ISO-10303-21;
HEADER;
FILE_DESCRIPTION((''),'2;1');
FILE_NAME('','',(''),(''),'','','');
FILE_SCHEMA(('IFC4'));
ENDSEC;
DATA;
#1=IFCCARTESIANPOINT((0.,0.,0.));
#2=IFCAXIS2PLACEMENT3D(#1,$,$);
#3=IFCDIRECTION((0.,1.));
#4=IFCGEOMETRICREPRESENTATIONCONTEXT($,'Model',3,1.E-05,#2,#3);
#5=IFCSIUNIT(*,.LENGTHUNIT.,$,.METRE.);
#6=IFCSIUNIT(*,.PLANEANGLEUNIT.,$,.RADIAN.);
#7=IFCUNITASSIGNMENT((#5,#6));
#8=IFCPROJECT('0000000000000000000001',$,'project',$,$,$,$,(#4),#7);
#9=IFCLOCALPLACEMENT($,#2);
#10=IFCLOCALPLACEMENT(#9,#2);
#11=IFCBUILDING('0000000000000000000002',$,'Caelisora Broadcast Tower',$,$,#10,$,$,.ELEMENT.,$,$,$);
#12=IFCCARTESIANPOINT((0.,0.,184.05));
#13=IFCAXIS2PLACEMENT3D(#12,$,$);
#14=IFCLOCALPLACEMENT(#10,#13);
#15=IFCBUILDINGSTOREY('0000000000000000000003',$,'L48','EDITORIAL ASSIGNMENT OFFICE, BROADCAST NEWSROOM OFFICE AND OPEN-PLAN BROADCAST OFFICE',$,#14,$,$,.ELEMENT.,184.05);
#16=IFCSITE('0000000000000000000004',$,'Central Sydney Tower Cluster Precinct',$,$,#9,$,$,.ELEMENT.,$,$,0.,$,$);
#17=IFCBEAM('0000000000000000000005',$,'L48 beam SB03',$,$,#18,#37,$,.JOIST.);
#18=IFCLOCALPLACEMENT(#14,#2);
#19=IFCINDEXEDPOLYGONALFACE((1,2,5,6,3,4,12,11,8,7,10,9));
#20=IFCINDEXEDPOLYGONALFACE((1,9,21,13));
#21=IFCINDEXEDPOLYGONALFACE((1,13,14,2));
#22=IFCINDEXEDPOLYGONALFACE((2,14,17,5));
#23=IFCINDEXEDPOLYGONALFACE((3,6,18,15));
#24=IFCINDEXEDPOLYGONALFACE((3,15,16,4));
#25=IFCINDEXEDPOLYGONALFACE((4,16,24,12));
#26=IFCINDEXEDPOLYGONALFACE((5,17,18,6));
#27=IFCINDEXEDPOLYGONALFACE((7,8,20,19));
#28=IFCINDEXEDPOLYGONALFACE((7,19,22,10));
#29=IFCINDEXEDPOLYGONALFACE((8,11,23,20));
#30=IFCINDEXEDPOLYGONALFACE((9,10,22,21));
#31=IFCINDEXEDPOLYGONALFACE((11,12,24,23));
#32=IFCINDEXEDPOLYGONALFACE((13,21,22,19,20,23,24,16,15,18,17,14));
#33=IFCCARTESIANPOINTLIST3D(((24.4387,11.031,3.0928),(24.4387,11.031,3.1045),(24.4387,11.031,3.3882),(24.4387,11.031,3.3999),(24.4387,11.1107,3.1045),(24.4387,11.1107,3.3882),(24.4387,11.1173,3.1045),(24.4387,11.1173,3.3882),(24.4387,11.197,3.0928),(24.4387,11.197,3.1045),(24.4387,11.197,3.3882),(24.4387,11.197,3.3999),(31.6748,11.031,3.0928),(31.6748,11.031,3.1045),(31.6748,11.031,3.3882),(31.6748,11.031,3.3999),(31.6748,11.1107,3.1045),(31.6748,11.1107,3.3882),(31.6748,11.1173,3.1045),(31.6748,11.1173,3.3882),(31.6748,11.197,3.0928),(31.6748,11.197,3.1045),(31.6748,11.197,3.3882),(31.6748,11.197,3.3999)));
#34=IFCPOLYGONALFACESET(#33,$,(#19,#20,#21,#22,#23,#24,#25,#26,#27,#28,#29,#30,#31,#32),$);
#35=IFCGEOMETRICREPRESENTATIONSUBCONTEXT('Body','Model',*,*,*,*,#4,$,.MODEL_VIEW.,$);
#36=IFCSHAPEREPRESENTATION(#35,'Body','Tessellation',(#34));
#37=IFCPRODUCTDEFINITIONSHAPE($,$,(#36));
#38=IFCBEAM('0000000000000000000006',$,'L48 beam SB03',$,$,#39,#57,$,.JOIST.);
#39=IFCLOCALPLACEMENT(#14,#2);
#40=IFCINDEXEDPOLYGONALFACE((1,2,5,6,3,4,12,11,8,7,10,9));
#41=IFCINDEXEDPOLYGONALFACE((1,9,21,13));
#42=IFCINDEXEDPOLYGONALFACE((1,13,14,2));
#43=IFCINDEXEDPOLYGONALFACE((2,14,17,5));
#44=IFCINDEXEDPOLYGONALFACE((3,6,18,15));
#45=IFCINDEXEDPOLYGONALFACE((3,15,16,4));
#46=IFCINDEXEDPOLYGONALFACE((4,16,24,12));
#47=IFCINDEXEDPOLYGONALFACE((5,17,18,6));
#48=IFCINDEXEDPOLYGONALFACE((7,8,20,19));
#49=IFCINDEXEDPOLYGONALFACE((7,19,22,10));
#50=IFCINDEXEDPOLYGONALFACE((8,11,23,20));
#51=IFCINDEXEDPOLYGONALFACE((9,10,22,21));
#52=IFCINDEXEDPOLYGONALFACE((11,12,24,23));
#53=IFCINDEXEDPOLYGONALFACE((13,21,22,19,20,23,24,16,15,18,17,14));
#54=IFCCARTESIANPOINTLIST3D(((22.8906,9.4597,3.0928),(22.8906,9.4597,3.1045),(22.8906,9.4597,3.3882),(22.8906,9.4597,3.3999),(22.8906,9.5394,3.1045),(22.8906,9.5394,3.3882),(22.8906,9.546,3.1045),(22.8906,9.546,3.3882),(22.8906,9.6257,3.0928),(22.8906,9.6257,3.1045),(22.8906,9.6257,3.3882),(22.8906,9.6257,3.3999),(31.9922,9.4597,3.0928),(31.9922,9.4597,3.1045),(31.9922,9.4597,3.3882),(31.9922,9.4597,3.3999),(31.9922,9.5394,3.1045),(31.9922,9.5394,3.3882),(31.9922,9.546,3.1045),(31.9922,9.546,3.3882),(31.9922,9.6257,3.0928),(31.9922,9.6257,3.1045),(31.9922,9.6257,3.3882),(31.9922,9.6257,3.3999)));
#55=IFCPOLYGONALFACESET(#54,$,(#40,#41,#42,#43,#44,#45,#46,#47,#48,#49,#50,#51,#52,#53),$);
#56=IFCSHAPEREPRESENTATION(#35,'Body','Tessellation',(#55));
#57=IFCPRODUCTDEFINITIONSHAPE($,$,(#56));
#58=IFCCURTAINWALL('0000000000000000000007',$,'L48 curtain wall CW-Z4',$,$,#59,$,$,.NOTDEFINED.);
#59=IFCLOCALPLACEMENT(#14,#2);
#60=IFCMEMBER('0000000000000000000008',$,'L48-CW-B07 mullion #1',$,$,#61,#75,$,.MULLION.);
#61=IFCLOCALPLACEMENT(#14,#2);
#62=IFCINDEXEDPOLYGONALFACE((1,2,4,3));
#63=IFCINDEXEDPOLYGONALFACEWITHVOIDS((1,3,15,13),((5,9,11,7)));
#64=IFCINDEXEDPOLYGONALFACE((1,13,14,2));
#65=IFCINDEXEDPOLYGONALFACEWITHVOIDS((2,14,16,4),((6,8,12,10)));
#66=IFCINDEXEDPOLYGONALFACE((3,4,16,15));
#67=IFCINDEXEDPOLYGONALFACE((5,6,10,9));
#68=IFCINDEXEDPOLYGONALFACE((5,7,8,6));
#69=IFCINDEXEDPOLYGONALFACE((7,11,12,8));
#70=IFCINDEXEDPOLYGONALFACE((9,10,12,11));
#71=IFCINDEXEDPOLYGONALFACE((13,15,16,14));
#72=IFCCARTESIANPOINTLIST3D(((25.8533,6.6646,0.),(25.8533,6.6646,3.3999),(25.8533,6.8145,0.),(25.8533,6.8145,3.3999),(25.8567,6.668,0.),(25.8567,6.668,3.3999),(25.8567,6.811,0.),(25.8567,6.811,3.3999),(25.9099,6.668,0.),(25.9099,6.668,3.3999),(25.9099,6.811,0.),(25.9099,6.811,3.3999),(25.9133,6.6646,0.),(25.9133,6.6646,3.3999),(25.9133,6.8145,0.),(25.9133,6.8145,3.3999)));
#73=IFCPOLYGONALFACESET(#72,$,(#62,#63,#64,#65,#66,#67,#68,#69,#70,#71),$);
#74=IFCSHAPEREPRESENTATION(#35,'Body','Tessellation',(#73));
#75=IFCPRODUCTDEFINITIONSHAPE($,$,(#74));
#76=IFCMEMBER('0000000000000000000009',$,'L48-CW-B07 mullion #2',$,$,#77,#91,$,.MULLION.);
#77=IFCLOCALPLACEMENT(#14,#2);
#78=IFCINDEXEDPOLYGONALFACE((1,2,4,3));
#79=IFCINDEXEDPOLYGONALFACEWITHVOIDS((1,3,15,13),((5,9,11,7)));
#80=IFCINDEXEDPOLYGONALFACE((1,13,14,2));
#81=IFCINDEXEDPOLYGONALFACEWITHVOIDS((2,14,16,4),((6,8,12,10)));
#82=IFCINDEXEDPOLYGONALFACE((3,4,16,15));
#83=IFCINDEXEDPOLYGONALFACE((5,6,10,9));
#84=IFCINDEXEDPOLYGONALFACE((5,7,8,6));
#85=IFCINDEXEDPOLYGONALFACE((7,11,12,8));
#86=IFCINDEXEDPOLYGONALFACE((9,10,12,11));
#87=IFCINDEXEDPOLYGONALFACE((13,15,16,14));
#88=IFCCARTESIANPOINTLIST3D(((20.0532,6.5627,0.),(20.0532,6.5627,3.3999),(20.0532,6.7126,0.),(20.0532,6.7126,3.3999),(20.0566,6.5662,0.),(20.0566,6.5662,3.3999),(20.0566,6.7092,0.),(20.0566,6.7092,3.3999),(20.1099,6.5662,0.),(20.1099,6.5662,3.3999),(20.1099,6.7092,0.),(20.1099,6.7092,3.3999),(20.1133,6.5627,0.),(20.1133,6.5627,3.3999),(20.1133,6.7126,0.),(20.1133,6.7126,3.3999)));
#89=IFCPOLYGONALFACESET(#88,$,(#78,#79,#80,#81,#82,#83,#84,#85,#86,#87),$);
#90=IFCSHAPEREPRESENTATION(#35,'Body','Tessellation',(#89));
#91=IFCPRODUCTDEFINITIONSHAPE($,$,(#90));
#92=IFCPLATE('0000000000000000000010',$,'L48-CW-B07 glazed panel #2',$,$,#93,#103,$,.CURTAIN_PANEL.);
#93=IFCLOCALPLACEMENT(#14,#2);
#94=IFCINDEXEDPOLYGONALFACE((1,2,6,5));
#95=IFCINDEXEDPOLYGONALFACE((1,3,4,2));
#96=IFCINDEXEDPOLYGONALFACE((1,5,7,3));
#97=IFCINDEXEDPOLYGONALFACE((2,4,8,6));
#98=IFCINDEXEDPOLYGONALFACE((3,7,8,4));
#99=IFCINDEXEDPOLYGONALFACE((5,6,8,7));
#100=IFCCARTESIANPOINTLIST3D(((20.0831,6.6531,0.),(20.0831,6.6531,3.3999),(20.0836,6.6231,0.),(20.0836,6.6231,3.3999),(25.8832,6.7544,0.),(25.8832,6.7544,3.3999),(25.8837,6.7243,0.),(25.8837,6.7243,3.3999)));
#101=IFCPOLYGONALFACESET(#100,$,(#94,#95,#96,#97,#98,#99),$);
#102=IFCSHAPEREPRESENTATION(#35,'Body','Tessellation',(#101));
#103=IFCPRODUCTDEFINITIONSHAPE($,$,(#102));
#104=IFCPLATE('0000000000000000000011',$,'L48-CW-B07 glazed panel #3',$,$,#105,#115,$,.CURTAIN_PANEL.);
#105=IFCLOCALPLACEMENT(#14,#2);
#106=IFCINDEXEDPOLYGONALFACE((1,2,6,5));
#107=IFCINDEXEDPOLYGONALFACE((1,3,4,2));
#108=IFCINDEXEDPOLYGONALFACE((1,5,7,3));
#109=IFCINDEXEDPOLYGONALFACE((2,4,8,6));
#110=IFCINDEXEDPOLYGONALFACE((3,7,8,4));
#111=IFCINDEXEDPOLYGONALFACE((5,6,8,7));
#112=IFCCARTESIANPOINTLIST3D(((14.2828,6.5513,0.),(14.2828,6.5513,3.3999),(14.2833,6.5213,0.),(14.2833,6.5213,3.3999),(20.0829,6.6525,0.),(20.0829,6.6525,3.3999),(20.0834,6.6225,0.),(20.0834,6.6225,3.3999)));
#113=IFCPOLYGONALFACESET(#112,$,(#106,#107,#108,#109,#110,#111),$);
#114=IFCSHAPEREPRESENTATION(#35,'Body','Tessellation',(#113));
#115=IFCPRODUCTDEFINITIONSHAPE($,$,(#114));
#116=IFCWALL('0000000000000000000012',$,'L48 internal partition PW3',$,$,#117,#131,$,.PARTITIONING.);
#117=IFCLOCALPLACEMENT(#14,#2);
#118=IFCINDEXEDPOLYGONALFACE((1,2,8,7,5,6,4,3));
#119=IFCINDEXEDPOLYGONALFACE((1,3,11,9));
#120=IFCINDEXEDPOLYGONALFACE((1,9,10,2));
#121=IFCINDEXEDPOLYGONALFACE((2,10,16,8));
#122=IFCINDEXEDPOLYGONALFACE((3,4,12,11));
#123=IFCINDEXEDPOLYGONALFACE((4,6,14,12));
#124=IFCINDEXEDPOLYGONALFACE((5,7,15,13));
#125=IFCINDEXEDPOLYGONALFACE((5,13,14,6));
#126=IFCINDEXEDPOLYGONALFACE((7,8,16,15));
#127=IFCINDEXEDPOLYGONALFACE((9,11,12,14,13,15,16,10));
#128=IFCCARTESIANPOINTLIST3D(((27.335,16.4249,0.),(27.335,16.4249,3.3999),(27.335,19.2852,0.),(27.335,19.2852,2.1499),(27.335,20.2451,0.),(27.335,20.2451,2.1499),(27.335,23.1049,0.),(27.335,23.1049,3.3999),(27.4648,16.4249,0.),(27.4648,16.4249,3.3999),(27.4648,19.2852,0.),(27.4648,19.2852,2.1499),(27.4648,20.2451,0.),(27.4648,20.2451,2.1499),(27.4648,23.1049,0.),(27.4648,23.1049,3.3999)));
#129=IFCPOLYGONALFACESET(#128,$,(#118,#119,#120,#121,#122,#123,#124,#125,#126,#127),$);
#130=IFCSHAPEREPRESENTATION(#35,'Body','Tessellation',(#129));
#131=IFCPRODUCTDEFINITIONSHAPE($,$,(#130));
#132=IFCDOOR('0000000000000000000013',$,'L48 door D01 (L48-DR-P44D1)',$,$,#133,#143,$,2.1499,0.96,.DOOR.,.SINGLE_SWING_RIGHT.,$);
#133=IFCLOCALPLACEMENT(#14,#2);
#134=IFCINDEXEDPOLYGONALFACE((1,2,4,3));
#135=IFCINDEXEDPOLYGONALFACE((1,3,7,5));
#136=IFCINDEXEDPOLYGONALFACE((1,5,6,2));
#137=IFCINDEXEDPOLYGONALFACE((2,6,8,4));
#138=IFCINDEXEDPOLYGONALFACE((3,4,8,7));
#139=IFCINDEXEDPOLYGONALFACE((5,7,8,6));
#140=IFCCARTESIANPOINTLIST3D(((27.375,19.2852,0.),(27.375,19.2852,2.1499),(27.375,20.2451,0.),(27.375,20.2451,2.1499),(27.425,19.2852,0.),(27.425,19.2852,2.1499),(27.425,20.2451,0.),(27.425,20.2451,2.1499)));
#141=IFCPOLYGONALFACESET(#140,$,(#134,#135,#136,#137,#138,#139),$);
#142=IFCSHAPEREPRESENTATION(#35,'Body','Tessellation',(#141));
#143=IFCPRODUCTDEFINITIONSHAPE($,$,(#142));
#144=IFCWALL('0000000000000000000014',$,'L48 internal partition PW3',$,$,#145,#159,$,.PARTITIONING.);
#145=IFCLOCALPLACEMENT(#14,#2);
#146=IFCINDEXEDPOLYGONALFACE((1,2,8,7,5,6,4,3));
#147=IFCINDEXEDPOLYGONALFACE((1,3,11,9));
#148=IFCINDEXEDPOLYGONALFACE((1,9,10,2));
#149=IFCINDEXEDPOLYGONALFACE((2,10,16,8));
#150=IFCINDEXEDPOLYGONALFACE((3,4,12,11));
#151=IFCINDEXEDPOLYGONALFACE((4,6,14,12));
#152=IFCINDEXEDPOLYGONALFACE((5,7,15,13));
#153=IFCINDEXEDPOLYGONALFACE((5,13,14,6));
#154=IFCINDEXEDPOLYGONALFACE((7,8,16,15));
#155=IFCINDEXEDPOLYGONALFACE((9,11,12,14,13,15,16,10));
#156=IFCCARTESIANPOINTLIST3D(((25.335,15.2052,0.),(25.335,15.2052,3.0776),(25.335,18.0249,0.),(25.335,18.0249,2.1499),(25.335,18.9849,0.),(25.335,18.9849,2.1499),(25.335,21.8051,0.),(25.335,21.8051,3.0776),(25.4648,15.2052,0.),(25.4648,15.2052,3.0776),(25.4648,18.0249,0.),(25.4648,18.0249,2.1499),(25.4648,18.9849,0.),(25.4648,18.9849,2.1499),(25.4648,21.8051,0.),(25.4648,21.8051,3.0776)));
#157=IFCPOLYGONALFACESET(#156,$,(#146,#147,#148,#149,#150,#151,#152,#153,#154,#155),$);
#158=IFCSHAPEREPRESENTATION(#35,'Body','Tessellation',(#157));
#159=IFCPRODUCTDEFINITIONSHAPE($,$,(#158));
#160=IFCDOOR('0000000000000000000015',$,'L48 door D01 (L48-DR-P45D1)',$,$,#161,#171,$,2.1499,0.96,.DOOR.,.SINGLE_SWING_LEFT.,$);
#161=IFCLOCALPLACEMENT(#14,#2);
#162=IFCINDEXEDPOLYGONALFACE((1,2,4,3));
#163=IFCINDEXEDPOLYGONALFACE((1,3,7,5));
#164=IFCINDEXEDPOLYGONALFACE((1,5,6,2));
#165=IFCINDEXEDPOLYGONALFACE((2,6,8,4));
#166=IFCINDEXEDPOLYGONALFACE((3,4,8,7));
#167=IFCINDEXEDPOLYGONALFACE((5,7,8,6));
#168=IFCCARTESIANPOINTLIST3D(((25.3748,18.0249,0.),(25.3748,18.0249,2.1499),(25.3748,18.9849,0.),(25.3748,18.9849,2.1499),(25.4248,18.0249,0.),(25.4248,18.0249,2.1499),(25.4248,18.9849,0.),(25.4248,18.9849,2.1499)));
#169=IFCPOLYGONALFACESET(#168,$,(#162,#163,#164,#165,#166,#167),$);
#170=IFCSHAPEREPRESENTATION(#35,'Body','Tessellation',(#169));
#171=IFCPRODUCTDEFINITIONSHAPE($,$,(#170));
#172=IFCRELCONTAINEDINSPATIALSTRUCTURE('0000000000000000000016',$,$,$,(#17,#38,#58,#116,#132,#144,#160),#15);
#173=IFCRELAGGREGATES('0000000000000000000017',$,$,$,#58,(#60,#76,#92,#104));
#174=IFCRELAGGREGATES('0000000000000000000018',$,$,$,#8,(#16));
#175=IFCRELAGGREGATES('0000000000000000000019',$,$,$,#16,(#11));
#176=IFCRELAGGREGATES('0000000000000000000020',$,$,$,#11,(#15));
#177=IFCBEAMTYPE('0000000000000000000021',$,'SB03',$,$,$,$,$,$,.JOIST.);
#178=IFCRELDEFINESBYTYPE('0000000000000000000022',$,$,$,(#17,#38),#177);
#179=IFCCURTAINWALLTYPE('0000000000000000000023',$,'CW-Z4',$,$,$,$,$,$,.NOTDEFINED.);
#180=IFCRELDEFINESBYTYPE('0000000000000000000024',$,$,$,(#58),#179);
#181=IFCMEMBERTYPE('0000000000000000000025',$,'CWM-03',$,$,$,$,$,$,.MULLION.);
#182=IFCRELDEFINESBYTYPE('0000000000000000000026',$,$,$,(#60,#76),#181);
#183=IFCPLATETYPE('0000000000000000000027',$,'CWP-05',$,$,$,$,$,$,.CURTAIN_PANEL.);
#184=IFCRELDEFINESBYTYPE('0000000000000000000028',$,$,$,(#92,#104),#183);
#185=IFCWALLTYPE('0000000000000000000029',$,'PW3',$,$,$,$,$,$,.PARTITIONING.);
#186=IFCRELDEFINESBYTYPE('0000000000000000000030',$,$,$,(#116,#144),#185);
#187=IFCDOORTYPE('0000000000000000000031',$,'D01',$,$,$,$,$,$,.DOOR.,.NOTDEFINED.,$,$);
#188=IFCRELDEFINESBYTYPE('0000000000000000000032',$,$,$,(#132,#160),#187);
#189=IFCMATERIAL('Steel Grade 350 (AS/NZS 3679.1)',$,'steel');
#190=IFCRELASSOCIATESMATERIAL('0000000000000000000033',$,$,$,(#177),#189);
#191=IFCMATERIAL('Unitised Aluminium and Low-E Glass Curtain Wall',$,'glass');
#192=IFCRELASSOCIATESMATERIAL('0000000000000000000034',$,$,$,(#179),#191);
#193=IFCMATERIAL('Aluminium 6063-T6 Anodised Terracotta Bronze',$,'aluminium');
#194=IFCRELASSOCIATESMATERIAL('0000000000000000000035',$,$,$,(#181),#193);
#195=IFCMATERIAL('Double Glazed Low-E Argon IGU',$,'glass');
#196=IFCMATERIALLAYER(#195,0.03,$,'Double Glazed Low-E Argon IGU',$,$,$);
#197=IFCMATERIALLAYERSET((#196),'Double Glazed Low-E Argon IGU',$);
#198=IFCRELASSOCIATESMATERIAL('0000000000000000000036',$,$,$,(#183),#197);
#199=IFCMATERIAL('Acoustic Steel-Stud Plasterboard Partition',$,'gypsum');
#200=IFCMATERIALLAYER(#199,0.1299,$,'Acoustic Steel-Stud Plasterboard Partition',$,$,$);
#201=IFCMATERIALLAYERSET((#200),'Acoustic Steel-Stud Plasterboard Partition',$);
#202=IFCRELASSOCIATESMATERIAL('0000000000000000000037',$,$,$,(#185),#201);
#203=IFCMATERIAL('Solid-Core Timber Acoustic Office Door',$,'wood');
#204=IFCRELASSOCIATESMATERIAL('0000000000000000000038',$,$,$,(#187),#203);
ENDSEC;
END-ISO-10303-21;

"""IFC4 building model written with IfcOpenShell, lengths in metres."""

from ifc_helpers import new_model, si_unit, direction, frame, frame_2d, origin, origin_2d, place, context, subcontext, project, spatial, rectangle, hollow_rectangle, i_section, extrude, source, transform, mapped, material, layer, layer_set, material_profile, profile_set, type_object, type_shapes, element, fill, aggregate, save


model = new_model("IFC4")

# Units and contexts
model_context = context("Model", 3, precision=1e-05, world=origin(), true_north=direction((0.0, 1.0)))
body_context = subcontext(model_context, "Body", "Model", "MODEL_VIEW")
ifc_project = project(units=[si_unit("LENGTHUNIT", "METRE"), si_unit("PLANEANGLEUNIT", "RADIAN")], contexts=[model_context])

# Site, building, storey
site_placement = place(None, origin())
site = spatial("IfcSite", under=ifc_project, at=site_placement, Name="Central Sydney Tower Cluster Precinct", CompositionType="ELEMENT", RefElevation=0.0)
building_placement = place(site_placement, origin())
building = spatial("IfcBuilding", under=site, at=building_placement, Name="Caelisora Broadcast Tower", CompositionType="ELEMENT")
storey_placement = place(building_placement, frame((0.0, 0.0, 184.05)))
storey = spatial("IfcBuildingStorey", under=building, at=storey_placement, Name="L48", Description="EDITORIAL ASSIGNMENT OFFICE, BROADCAST NEWSROOM OFFICE AND OPEN-PLAN BROADCAST OFFICE", CompositionType="ELEMENT", Elevation=184.05)

# Beams
ifc_material_1 = material(Name="Steel Grade 350 (AS/NZS 3679.1)", Category="steel")
ifc_material_profile_1 = material_profile(ifc_material_1, i_section(OverallWidth=0.166, OverallDepth=0.3071, WebThickness=0.0066, FlangeThickness=0.0117, at=origin_2d()), Name="Steel Grade 350 (AS/NZS 3679.1)")
ifc_profile_set_1 = profile_set([ifc_material_profile_1], Name="Steel Grade 350 (AS/NZS 3679.1)")
beam_type_1 = type_object("IfcBeamType", Name="SB03", PredefinedType="JOIST", material=ifc_profile_set_1)
shared_shape_1 = source(origin(), body_context, "Body", "SweptSolid", [
    extrude(i_section(OverallWidth=0.166, OverallDepth=0.3071, WebThickness=0.0066, FlangeThickness=0.0117, at=origin_2d()), origin(), (0.0, 0.0, 1.0), 7.2361),
])
beam_1_placement = place(storey_placement, frame((24.4387, 11.114, 3.2463), z_axis=(1.0, 0.0, 0.0), x_axis=(0.0, 1.0, 0.0)))
element("IfcBeam", 1, at=beam_1_placement, inside=storey, type_object=beam_type_1, Name="L48 beam SB03", PredefinedType="JOIST", context=body_context, shape_type="MappedRepresentation", body=[
    mapped(shared_shape_1, transform((0.0, 0.0, 0.0), scale=1.0)),
])
shared_shape_2 = source(origin(), body_context, "Body", "SweptSolid", [
    extrude(i_section(OverallWidth=0.166, OverallDepth=0.3071, WebThickness=0.0066, FlangeThickness=0.0117, at=origin_2d()), origin(), (0.0, 0.0, 1.0), 9.1016),
])
beam_2_placement = place(storey_placement, frame((22.8906, 9.5427, 3.2463), z_axis=(1.0, 0.0, 0.0), x_axis=(0.0, 1.0, 0.0)))
element("IfcBeam", 2, at=beam_2_placement, inside=storey, type_object=beam_type_1, Name="L48 beam SB03", PredefinedType="JOIST", context=body_context, shape_type="MappedRepresentation", body=[
    mapped(shared_shape_2, transform((0.0, 0.0, 0.0), scale=1.0)),
])

# Curtain wall, members, plates
ifc_material_2 = material(Name="Unitised Aluminium and Low-E Glass Curtain Wall", Category="glass")
curtain_wall_type = type_object("IfcCurtainWallType", Name="CW-Z4", PredefinedType="NOTDEFINED", material=ifc_material_2)
curtain_wall_placement = place(storey_placement, origin())
curtain_wall = element("IfcCurtainWall", 3, at=curtain_wall_placement, inside=storey, type_object=curtain_wall_type, Name="L48 curtain wall CW-Z4", PredefinedType="NOTDEFINED")
ifc_material_3 = material(Name="Aluminium 6063-T6 Anodised Terracotta Bronze", Category="aluminium")
ifc_material_profile_2 = material_profile(ifc_material_3, hollow_rectangle(XDim=0.0601, YDim=0.1499, WallThickness=0.0034, at=origin_2d()), Name="Aluminium 6063-T6 Anodised Terracotta Bronze")
ifc_profile_set_2 = profile_set([ifc_material_profile_2], Name="Aluminium 6063-T6 Anodised Terracotta Bronze")
member_type = type_object("IfcMemberType", Name="CWM-03", PredefinedType="MULLION", material=ifc_profile_set_2)
shared_shape_3 = source(origin(), body_context, "Body", "SweptSolid", [
    extrude(hollow_rectangle(XDim=0.0601, YDim=0.1499, WallThickness=0.0034, at=origin_2d()), origin(), (0.0, 0.0, 1.0), 3.3999),
])
type_shapes(member_type, [shared_shape_3])
member_1_placement = place(storey_placement, frame((25.8833, 6.7395, 0.0), z_axis=(0.0, 0.0, 1.0), x_axis=(1.0, 0.0, 0.0)))
member_1 = element("IfcMember", 4, at=member_1_placement, type_object=member_type, Name="L48-CW-B07 mullion #1", PredefinedType="MULLION", context=body_context, shape_type="MappedRepresentation", body=[
    mapped(shared_shape_3, transform((0.0, 0.0, 0.0), scale=1.0)),
])
member_2_placement = place(storey_placement, frame((20.0833, 6.6377, 0.0), z_axis=(0.0, 0.0, 1.0), x_axis=(1.0, 0.0, 0.0)))
member_2 = element("IfcMember", 5, at=member_2_placement, type_object=member_type, Name="L48-CW-B07 mullion #2", PredefinedType="MULLION", context=body_context, shape_type="MappedRepresentation", body=[
    mapped(shared_shape_3, transform((0.0, 0.0, 0.0), scale=1.0)),
])
ifc_material_4 = material(Name="Double Glazed Low-E Argon IGU", Category="glass")
ifc_layer_1 = layer(ifc_material_4, 0.03, Name="Double Glazed Low-E Argon IGU")
ifc_layer_set_1 = layer_set([ifc_layer_1], Name="Double Glazed Low-E Argon IGU")
plate_type = type_object("IfcPlateType", Name="CWP-05", PredefinedType="CURTAIN_PANEL", material=ifc_layer_set_1)
shared_shape_4 = source(origin(), body_context, "Body", "SweptSolid", [
    extrude(rectangle(XDim=5.801, YDim=0.03, at=origin_2d()), origin(), (0.0, 0.0, 1.0), 3.3999),
])
type_shapes(plate_type, [shared_shape_4])
plate_1_placement = place(storey_placement, frame((22.9834, 6.6887, 0.0), z_axis=(0.0, 0.0, 1.0), x_axis=(-0.999848, -0.017452, 0.0)))
plate_1 = element("IfcPlate", 6, at=plate_1_placement, type_object=plate_type, Name="L48-CW-B07 glazed panel #2", PredefinedType="CURTAIN_PANEL", context=body_context, shape_type="MappedRepresentation", body=[
    mapped(shared_shape_4, transform((0.0, 0.0, 0.0), scale=1.0)),
])
plate_2_placement = place(storey_placement, frame((17.1831, 6.5869, 0.0), z_axis=(0.0, 0.0, 1.0), x_axis=(-0.999848, -0.017452, 0.0)))
plate_2 = element("IfcPlate", 7, at=plate_2_placement, type_object=plate_type, Name="L48-CW-B07 glazed panel #3", PredefinedType="CURTAIN_PANEL", context=body_context, shape_type="MappedRepresentation", body=[
    mapped(shared_shape_4, transform((0.0, 0.0, 0.0), scale=1.0)),
])
aggregate(curtain_wall, [member_1, member_2, plate_1, plate_2])

# Walls, openings, doors
ifc_material_5 = material(Name="Acoustic Steel-Stud Plasterboard Partition", Category="gypsum")
ifc_layer_2 = layer(ifc_material_5, 0.1299, Name="Acoustic Steel-Stud Plasterboard Partition")
ifc_layer_set_2 = layer_set([ifc_layer_2], Name="Acoustic Steel-Stud Plasterboard Partition")
wall_type = type_object("IfcWallType", Name="PW3", PredefinedType="PARTITIONING", material=ifc_layer_set_2)
wall_1_placement = place(storey_placement, frame((27.3999, 16.425, 0.0), z_axis=(0.0, 0.0, 1.0), x_axis=(0.0, 1.0, 0.0)))
wall_1 = element("IfcWall", 8, at=wall_1_placement, inside=storey, type_object=wall_type, Name="L48 internal partition PW3", PredefinedType="PARTITIONING", context=body_context, shape_type="SweptSolid", body=[
    extrude(rectangle(XDim=6.6799, YDim=0.1299, at=frame_2d((3.3398, 0.0))), origin(), (0.0, 0.0, 1.0), 3.3999),
])
opening_1_placement = place(wall_1_placement, frame((2.8601, 0.0, 0.0)))
opening_1 = element("IfcOpeningElement", 9, at=opening_1_placement, cuts=wall_1, PredefinedType="OPENING", context=body_context, shape_type="SweptSolid", body=[
    extrude(rectangle(XDim=0.96, YDim=2.1499, at=frame_2d((0.48, 1.075))), frame((0.0, 0.0769, 0.0), z_axis=(0.0, -1.0, 0.0), x_axis=(1.0, 0.0, 0.0)), (0.0, 0.0, 1.0), 0.1538),
])
ifc_material_6 = material(Name="Solid-Core Timber Acoustic Office Door", Category="wood")
door_type = type_object("IfcDoorType", Name="D01", OperationType="NOTDEFINED", PredefinedType="DOOR", material=ifc_material_6)
door_1_placement = place(opening_1_placement, origin())
door_1 = element("IfcDoor", 10, at=door_1_placement, inside=storey, type_object=door_type, Name="L48 door D01 (L48-DR-P44D1)", OperationType="SINGLE_SWING_RIGHT", OverallHeight=2.1499, OverallWidth=0.96, PredefinedType="DOOR", context=body_context, shape_type="SweptSolid", body=[
    extrude(rectangle(XDim=0.96, YDim=2.1499, at=frame_2d((0.48, 1.075))), frame((0.0, 0.0249, 0.0), z_axis=(0.0, -1.0, 0.0), x_axis=(1.0, 0.0, 0.0)), (0.0, 0.0, 1.0), 0.05),
])
fill(opening_1, door_1)
wall_2_placement = place(storey_placement, frame((25.3999, 21.8049, 0.0), z_axis=(0.0, 0.0, 1.0), x_axis=(0.0, -1.0, 0.0)))
wall_2 = element("IfcWall", 11, at=wall_2_placement, inside=storey, type_object=wall_type, Name="L48 internal partition PW3", PredefinedType="PARTITIONING", context=body_context, shape_type="SweptSolid", body=[
    extrude(rectangle(XDim=6.5999, YDim=0.1299, at=frame_2d((3.2998, 0.0))), origin(), (0.0, 0.0, 1.0), 3.0776),
])
opening_2_placement = place(wall_2_placement, frame((2.8201, 0.0, 0.0)))
opening_2 = element("IfcOpeningElement", 12, at=opening_2_placement, cuts=wall_2, PredefinedType="OPENING", context=body_context, shape_type="SweptSolid", body=[
    extrude(rectangle(XDim=0.96, YDim=2.1499, at=frame_2d((0.48, 1.075))), frame((0.0, 0.0769, 0.0), z_axis=(0.0, -1.0, 0.0), x_axis=(1.0, 0.0, 0.0)), (0.0, 0.0, 1.0), 0.1538),
])
door_2_placement = place(opening_2_placement, origin())
door_2 = element("IfcDoor", 13, at=door_2_placement, inside=storey, type_object=door_type, Name="L48 door D01 (L48-DR-P45D1)", OperationType="SINGLE_SWING_LEFT", OverallHeight=2.1499, OverallWidth=0.96, PredefinedType="DOOR", context=body_context, shape_type="SweptSolid", body=[
    extrude(rectangle(XDim=0.96, YDim=2.1499, at=frame_2d((0.48, 1.075))), frame((0.0, 0.0249, 0.0), z_axis=(0.0, -1.0, 0.0), x_axis=(1.0, 0.0, 0.0)), (0.0, 0.0, 1.0), 0.05),
])
fill(opening_2, door_2)

save(model, "model.ifc")
